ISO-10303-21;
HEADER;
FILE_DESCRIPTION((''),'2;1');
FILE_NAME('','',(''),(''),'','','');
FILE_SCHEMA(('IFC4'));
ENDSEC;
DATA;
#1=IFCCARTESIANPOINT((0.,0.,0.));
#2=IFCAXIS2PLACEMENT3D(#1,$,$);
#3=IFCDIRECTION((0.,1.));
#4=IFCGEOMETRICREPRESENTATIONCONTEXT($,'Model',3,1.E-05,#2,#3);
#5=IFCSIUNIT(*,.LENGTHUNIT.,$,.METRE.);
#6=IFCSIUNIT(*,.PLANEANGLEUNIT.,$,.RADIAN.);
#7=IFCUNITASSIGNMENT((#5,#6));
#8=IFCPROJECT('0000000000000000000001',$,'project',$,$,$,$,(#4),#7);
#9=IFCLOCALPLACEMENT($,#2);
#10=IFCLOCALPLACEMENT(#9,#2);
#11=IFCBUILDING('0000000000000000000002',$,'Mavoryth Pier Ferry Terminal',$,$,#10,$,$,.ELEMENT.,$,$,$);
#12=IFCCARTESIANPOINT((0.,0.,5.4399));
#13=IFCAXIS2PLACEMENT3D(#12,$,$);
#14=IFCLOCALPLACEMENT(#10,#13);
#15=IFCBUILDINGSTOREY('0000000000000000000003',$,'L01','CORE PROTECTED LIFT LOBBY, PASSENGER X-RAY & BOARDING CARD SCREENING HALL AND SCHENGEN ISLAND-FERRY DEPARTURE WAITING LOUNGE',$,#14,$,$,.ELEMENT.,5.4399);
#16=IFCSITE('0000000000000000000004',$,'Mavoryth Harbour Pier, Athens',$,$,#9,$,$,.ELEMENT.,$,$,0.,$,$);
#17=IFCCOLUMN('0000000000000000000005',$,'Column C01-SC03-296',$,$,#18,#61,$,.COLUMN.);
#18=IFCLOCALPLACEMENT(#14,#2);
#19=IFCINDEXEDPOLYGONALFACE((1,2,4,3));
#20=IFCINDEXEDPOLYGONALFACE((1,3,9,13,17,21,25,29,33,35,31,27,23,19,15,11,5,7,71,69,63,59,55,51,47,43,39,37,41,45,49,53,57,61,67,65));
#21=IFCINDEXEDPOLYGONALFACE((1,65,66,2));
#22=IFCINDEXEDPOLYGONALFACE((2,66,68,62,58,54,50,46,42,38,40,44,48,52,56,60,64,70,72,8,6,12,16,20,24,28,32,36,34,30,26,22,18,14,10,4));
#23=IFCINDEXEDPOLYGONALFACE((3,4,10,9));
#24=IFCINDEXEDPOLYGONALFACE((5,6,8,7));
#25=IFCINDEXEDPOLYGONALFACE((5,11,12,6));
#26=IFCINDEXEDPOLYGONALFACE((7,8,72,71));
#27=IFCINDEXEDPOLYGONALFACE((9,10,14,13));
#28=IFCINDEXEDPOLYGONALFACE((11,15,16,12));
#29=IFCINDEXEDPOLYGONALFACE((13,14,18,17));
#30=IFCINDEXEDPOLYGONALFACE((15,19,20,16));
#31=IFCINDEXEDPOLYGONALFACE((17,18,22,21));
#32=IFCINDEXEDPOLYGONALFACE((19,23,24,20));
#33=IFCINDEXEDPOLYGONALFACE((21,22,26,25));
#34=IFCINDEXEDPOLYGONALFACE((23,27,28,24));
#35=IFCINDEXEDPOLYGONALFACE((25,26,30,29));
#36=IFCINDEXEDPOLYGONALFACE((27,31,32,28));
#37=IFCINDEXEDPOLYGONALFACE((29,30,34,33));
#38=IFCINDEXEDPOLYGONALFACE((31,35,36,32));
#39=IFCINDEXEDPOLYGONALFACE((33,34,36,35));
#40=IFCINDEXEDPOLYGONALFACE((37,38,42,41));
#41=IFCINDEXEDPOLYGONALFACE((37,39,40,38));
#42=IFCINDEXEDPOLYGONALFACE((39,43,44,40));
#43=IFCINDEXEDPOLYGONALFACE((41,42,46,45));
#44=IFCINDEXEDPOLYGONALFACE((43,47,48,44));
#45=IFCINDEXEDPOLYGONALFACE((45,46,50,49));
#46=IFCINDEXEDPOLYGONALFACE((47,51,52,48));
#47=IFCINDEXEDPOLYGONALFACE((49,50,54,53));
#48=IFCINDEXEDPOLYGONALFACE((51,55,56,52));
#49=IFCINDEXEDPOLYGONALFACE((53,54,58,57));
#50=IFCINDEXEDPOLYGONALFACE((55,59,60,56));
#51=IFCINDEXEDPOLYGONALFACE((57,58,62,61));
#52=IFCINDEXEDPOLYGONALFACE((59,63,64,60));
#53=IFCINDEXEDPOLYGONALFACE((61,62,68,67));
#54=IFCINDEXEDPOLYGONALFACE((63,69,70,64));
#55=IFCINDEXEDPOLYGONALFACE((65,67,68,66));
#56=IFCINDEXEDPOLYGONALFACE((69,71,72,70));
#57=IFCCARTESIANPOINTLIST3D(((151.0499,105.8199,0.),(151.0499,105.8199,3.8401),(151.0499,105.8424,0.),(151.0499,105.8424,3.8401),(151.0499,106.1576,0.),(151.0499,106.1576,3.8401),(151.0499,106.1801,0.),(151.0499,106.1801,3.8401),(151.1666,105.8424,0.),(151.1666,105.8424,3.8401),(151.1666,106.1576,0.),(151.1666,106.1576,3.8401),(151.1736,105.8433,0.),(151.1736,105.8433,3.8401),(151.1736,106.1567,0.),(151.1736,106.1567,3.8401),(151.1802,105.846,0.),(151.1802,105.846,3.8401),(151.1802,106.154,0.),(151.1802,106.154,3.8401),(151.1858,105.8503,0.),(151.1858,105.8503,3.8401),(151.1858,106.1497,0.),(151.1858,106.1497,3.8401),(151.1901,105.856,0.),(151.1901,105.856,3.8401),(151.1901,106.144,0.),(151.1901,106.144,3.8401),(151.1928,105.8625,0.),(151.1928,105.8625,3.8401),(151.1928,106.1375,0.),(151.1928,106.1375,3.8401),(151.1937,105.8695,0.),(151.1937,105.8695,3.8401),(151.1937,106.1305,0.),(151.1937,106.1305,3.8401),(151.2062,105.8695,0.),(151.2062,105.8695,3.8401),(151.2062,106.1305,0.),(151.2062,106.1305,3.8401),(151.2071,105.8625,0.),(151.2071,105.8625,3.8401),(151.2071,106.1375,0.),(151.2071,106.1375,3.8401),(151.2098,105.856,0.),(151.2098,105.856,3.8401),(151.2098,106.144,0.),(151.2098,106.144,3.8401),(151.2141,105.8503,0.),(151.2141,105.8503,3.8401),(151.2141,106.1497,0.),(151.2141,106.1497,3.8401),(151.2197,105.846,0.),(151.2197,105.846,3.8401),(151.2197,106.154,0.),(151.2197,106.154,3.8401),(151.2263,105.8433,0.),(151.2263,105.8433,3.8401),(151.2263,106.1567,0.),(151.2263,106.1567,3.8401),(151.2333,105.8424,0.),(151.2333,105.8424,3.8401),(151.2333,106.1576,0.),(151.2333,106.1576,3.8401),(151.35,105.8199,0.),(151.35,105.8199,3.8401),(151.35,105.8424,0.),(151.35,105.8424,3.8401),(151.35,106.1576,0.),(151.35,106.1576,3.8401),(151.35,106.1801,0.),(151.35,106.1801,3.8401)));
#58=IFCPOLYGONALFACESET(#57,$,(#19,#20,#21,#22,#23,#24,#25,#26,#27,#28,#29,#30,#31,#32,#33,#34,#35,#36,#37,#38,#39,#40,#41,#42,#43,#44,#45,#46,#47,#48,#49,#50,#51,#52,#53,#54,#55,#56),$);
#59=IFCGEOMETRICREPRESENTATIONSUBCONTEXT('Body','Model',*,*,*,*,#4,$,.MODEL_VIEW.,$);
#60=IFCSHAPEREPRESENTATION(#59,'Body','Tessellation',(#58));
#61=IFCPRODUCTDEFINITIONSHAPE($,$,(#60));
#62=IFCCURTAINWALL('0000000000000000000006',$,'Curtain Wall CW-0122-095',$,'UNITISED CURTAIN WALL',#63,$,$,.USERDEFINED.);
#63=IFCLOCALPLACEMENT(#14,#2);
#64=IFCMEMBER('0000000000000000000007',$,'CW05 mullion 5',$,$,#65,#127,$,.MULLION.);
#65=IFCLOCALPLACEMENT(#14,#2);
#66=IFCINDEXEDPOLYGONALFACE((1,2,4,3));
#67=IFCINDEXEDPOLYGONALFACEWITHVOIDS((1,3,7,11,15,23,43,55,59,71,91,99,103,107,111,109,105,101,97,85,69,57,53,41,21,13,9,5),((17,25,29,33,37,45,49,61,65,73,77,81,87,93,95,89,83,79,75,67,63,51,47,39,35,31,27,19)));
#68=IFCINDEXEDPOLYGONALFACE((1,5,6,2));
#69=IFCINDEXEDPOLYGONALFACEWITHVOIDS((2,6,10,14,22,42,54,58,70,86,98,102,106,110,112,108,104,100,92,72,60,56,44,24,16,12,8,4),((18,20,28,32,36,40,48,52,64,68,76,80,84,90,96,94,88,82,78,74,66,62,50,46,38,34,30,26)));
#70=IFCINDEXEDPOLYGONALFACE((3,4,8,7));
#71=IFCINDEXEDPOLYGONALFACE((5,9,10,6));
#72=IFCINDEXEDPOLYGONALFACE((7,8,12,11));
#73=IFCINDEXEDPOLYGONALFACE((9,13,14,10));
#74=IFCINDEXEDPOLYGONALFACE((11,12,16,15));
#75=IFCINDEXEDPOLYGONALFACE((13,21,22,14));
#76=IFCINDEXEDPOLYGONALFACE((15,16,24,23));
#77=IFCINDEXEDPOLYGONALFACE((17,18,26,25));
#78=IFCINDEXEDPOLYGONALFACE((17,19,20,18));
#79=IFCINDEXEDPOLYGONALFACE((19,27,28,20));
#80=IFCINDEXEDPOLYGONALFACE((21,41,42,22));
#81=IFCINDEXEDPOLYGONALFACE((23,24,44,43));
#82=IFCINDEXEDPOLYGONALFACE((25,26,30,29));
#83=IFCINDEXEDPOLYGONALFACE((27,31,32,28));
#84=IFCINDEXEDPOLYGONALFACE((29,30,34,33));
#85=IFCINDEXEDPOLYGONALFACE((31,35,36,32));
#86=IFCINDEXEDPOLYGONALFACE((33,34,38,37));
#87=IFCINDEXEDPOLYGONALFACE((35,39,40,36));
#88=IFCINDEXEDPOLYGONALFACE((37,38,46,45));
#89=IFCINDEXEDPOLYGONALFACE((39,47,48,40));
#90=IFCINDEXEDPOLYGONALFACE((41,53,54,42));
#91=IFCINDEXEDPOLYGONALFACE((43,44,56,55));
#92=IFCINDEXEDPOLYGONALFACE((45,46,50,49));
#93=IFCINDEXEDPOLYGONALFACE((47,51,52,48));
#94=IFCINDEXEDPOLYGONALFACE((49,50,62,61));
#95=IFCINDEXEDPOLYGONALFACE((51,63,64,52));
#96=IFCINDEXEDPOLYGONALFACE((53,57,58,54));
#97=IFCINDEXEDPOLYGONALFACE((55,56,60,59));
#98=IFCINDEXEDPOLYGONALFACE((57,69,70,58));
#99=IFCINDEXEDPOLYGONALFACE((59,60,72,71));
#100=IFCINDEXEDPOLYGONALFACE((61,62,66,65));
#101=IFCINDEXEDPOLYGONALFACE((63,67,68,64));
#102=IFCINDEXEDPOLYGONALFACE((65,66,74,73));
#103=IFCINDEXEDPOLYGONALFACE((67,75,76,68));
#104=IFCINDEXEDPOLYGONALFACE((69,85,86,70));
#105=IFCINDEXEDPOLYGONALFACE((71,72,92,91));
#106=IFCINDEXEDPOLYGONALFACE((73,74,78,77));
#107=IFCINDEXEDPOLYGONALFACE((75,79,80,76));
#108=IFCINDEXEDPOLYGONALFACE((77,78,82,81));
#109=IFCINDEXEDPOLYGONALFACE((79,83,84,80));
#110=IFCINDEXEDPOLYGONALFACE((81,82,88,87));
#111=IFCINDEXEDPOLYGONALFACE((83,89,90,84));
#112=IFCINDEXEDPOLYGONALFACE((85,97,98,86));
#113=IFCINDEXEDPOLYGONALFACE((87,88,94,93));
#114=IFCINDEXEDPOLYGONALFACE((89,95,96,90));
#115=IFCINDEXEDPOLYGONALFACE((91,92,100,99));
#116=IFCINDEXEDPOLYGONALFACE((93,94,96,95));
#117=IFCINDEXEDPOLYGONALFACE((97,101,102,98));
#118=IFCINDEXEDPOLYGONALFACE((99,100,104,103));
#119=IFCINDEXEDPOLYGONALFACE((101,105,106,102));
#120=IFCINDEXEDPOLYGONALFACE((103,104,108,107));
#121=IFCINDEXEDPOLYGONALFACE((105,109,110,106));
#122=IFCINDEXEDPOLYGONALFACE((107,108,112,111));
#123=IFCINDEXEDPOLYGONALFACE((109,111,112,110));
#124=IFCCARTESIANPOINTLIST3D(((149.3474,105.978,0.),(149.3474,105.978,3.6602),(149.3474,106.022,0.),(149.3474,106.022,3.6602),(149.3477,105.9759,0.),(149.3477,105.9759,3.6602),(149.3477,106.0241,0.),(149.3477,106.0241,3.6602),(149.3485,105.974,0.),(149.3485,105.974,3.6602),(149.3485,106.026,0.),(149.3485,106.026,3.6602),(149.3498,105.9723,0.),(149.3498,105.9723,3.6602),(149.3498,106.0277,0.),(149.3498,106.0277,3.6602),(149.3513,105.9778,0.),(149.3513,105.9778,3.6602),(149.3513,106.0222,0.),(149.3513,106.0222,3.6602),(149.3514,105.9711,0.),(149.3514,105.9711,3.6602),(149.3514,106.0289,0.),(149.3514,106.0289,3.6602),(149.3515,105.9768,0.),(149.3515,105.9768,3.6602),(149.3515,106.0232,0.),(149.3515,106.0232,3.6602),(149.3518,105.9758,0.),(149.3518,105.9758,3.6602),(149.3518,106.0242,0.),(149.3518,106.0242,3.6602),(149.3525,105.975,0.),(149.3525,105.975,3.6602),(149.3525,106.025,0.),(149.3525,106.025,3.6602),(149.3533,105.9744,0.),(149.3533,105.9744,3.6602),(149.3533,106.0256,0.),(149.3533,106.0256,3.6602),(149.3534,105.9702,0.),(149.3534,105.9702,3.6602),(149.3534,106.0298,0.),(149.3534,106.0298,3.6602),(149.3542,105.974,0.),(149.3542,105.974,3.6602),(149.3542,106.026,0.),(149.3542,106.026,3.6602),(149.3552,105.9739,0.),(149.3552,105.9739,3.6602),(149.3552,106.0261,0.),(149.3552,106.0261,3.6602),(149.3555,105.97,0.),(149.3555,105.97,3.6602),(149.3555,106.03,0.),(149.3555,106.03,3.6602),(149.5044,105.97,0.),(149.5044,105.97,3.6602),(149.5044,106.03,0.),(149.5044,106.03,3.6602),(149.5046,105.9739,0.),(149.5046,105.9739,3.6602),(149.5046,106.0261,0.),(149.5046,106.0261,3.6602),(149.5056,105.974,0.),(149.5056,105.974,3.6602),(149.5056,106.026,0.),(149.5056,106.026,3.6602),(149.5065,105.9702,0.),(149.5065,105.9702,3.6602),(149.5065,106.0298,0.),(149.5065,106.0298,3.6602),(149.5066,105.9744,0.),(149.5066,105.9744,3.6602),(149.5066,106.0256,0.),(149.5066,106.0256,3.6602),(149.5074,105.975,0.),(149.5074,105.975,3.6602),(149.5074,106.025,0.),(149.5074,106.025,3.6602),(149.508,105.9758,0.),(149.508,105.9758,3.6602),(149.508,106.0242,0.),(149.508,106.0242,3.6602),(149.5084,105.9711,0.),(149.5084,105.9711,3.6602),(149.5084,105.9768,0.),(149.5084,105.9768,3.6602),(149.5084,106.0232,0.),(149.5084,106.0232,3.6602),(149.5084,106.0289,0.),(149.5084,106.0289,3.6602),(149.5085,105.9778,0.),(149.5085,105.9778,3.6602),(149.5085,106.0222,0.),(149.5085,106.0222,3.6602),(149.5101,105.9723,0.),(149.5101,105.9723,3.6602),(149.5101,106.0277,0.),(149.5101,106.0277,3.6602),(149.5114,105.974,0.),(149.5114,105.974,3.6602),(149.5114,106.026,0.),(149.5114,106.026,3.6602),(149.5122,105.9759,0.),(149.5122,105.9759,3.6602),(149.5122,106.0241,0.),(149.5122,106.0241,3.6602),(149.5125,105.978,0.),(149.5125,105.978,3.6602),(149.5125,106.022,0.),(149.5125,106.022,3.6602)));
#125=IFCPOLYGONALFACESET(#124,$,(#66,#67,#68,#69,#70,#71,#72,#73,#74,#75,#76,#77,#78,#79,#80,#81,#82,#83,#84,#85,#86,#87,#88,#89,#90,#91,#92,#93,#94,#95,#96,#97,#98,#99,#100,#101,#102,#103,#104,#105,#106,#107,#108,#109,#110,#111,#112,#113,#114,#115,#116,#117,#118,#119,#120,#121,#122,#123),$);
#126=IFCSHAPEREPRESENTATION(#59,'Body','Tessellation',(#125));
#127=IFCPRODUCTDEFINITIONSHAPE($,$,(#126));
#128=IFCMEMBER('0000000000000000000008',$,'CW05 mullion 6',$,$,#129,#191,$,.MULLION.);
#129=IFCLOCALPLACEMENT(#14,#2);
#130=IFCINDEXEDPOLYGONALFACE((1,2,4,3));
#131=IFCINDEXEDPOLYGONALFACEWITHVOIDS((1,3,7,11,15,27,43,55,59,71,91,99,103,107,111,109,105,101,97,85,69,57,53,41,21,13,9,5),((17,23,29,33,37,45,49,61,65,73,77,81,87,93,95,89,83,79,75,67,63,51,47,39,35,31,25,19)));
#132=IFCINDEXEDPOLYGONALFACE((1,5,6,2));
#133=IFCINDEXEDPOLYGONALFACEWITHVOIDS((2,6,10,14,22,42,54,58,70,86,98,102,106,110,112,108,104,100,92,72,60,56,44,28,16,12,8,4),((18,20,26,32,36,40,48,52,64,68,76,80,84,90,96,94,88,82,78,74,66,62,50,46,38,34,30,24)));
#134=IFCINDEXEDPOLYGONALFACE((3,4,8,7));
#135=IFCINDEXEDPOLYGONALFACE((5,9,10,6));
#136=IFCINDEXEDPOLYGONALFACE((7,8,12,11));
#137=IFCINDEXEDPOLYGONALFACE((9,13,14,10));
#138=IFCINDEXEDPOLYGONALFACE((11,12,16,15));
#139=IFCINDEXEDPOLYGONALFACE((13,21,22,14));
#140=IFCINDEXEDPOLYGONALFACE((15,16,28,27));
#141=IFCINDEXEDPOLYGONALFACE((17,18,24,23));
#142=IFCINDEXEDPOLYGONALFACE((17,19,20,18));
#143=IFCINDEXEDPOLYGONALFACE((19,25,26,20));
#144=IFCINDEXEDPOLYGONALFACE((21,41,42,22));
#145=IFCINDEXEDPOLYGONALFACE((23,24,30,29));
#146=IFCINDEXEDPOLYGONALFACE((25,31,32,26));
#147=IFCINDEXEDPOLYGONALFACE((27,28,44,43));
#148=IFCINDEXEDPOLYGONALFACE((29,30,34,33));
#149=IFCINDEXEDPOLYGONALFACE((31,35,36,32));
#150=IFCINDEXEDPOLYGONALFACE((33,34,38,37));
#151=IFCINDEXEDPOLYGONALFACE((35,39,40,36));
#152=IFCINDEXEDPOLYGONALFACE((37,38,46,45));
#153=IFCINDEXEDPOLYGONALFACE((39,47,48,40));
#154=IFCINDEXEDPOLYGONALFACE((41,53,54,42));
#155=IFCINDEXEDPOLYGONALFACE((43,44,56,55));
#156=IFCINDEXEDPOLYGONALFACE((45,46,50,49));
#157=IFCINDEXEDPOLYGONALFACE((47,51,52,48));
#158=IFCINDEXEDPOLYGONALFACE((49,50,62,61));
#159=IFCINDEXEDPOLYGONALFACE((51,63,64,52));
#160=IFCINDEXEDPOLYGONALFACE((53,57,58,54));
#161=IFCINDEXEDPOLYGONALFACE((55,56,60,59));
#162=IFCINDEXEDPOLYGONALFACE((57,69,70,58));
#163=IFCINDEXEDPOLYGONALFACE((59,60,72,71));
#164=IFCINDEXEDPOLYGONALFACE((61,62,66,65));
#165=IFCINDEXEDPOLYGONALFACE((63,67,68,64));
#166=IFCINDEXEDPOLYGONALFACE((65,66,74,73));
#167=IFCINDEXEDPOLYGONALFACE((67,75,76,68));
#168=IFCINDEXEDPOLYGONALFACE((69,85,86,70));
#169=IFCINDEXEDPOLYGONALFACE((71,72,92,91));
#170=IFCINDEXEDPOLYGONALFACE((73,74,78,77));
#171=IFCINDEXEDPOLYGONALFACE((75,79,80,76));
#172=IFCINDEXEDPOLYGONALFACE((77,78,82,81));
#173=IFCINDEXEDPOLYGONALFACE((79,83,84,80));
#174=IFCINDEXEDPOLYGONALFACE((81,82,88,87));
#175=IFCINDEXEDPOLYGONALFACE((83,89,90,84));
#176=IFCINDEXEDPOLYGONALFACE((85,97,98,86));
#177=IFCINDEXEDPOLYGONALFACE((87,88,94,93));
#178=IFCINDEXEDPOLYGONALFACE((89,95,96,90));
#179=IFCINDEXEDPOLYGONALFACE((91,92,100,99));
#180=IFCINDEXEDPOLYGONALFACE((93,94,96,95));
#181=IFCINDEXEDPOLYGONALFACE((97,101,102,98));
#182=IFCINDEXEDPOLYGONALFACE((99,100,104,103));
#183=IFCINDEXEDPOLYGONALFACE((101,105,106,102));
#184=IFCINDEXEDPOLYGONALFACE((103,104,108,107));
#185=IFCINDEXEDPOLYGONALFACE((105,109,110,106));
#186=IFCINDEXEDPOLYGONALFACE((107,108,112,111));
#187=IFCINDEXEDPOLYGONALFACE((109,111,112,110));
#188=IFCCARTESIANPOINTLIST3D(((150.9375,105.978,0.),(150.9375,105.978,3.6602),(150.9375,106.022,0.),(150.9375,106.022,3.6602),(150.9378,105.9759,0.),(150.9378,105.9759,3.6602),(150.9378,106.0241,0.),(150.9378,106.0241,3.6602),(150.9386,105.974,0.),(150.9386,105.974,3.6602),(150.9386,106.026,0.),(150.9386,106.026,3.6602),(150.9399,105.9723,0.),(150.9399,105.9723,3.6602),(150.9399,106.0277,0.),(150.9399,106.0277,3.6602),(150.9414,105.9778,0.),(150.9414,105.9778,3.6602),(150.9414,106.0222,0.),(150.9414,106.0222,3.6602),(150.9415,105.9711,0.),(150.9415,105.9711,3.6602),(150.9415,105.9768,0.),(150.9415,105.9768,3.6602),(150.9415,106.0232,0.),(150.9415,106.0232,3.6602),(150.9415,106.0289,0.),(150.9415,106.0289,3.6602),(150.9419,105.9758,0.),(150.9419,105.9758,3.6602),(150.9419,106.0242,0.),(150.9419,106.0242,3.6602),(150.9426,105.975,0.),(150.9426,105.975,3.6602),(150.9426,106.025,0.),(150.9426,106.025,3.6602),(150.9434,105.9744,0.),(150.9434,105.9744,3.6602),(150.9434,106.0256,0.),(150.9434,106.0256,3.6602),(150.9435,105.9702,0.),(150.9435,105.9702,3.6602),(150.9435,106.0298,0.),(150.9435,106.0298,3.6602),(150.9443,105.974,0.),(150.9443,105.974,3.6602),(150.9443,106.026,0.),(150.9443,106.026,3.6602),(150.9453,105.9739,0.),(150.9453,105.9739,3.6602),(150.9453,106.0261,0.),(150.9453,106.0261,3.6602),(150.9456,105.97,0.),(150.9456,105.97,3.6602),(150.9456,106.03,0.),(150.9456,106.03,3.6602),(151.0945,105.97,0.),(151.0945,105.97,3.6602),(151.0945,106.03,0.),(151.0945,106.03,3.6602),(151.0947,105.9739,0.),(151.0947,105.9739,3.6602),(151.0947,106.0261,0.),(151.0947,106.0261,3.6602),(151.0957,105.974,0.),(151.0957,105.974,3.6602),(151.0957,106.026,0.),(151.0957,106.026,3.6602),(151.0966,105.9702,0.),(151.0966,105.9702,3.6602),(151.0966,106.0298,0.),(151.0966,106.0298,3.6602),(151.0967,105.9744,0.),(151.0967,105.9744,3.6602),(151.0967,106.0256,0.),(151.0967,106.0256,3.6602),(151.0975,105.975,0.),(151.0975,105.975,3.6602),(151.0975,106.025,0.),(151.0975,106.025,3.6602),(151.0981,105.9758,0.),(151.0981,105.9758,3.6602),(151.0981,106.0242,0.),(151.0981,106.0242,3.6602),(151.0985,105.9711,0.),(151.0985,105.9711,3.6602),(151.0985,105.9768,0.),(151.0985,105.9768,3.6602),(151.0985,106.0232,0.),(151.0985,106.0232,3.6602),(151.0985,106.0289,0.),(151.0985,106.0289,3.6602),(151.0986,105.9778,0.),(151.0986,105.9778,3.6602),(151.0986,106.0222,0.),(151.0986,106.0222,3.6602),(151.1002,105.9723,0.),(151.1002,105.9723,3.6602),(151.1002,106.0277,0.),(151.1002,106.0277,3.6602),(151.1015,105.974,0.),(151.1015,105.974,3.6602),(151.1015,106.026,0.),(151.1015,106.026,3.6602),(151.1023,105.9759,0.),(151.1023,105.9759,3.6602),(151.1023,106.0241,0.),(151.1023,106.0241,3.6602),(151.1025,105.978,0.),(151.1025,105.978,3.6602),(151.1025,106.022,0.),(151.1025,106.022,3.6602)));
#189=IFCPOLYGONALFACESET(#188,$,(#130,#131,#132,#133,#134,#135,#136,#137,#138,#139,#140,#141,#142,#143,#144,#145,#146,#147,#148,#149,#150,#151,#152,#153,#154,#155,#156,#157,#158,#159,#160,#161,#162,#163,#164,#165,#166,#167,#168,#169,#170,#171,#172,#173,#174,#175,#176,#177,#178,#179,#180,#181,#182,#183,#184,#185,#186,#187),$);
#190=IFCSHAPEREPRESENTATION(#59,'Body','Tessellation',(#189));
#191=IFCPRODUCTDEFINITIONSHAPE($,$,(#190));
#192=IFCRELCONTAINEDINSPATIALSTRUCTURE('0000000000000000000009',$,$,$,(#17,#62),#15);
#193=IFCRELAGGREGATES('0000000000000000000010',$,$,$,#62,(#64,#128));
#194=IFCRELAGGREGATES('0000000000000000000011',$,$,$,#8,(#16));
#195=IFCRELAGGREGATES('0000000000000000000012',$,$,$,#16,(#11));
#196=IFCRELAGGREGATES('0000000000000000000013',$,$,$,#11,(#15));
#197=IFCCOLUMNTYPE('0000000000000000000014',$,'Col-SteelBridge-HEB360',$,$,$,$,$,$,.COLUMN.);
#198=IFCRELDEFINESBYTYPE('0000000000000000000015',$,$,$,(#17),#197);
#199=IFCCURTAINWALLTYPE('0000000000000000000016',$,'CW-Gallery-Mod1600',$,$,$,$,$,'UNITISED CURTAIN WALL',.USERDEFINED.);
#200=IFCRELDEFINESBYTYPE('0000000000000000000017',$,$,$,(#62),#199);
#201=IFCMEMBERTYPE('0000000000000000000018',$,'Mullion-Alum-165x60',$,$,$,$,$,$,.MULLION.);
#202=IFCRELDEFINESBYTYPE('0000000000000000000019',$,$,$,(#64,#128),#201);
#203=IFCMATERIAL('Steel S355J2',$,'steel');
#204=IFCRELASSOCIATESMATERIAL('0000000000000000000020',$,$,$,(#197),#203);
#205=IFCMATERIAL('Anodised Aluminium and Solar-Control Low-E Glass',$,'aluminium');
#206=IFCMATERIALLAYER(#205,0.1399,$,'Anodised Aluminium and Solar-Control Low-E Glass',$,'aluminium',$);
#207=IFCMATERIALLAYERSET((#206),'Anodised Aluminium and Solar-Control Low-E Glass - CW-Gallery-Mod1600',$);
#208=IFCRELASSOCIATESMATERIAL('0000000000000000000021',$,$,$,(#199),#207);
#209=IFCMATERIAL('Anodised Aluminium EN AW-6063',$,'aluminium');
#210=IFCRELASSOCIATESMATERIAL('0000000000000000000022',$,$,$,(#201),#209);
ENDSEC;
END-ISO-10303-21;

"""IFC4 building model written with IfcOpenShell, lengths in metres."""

from ifc_helpers import new_model, si_unit, direction, frame, origin, origin_2d, place, context, subcontext, project, spatial, hollow_rectangle, i_section, extrude, material, layer, layer_set, material_profile, profile_set, type_object, element, aggregate, save


model = new_model("IFC4")

# Units and contexts
model_context = context("Model", 3, precision=1e-05, world=origin(), true_north=direction((0.0, 1.0)))
body_context = subcontext(model_context, "Body", "Model", "MODEL_VIEW")
ifc_project = project(units=[si_unit("LENGTHUNIT", "METRE"), si_unit("PLANEANGLEUNIT", "RADIAN")], contexts=[model_context])

# Site, building, storey
site_placement = place(None, origin())
site = spatial("IfcSite", under=ifc_project, at=site_placement, Name="Mavoryth Harbour Pier, Athens", CompositionType="ELEMENT", RefElevation=0.0)
building_placement = place(site_placement, origin())
building = spatial("IfcBuilding", under=site, at=building_placement, Name="Mavoryth Pier Ferry Terminal", CompositionType="ELEMENT")
storey_placement = place(building_placement, frame((0.0, 0.0, 5.4399)))
storey = spatial("IfcBuildingStorey", under=building, at=storey_placement, Name="L01", Description="CORE PROTECTED LIFT LOBBY, PASSENGER X-RAY & BOARDING CARD SCREENING HALL AND SCHENGEN ISLAND-FERRY DEPARTURE WAITING LOUNGE", CompositionType="ELEMENT", Elevation=5.4399)

# Column
ifc_material_1 = material(Name="Steel S355J2", Category="steel")
ifc_material_profile_1 = material_profile(ifc_material_1, i_section(OverallWidth=0.3, OverallDepth=0.3601, WebThickness=0.0125, FlangeThickness=0.0225, FilletRadius=0.0271, at=origin_2d()), Name="HEB 360", Category="steel")
ifc_profile_set_1 = profile_set([ifc_material_profile_1], Name="Steel S355J2 - HEB 360")
column_type = type_object("IfcColumnType", Name="Col-SteelBridge-HEB360", PredefinedType="COLUMN", material=ifc_profile_set_1)
column_placement = place(storey_placement, frame((151.2, 106.0, 0.0), z_axis=(0.0, 0.0, 1.0), x_axis=(1.0, 0.0, 0.0)))
element("IfcColumn", 1, at=column_placement, inside=storey, type_object=column_type, Name="Column C01-SC03-296", PredefinedType="COLUMN", context=body_context, shape_type="SweptSolid", body=[
    extrude(i_section(OverallWidth=0.3, OverallDepth=0.3601, WebThickness=0.0125, FlangeThickness=0.0225, FilletRadius=0.0271, at=origin_2d()), origin(), (0.0, 0.0, 1.0), 3.8401),
])

# Curtain wall, members
ifc_material_2 = material(Name="Anodised Aluminium and Solar-Control Low-E Glass", Category="aluminium")
ifc_layer_1 = layer(ifc_material_2, 0.1399, Name="Anodised Aluminium and Solar-Control Low-E Glass", Category="aluminium")
ifc_layer_set_1 = layer_set([ifc_layer_1], Name="Anodised Aluminium and Solar-Control Low-E Glass - CW-Gallery-Mod1600")
curtain_wall_type = type_object("IfcCurtainWallType", Name="CW-Gallery-Mod1600", ElementType="UNITISED CURTAIN WALL", PredefinedType="USERDEFINED", material=ifc_layer_set_1)
curtain_wall_1_placement = place(storey_placement, origin())
curtain_wall_1 = element("IfcCurtainWall", 2, at=curtain_wall_1_placement, inside=storey, type_object=curtain_wall_type, Name="Curtain Wall CW-0122-095", ObjectType="UNITISED CURTAIN WALL", PredefinedType="USERDEFINED")
ifc_material_3 = material(Name="Anodised Aluminium EN AW-6063", Category="aluminium")
ifc_material_profile_2 = material_profile(ifc_material_3, hollow_rectangle(XDim=0.0601, YDim=0.165, WallThickness=0.0039, InnerFilletRadius=0.0039, OuterFilletRadius=0.0081, at=origin_2d()), Name="AL-MULL 165x60x4", Category="aluminium")
ifc_profile_set_2 = profile_set([ifc_material_profile_2], Name="Anodised Aluminium EN AW-6063 - AL-MULL 165x60x4")
member_type_1 = type_object("IfcMemberType", Name="Mullion-Alum-165x60", PredefinedType="MULLION", material=ifc_profile_set_2)
member_1_placement = place(storey_placement, frame((149.4299, 106.0, 0.0), z_axis=(0.0, 0.0, 1.0), x_axis=(0.0, 1.0, 0.0)))
member_1 = element("IfcMember", 3, at=member_1_placement, type_object=member_type_1, Name="CW05 mullion 5", PredefinedType="MULLION", context=body_context, shape_type="SweptSolid", body=[
    extrude(hollow_rectangle(XDim=0.0601, YDim=0.165, WallThickness=0.0039, InnerFilletRadius=0.0039, OuterFilletRadius=0.0081, at=origin_2d()), origin(), (0.0, 0.0, 1.0), 3.6602),
])
member_2_placement = place(storey_placement, frame((151.02, 106.0, 0.0), z_axis=(0.0, 0.0, 1.0), x_axis=(0.0, 1.0, 0.0)))
member_2 = element("IfcMember", 4, at=member_2_placement, type_object=member_type_1, Name="CW05 mullion 6", PredefinedType="MULLION", context=body_context, shape_type="SweptSolid", body=[
    extrude(hollow_rectangle(XDim=0.0601, YDim=0.165, WallThickness=0.0039, InnerFilletRadius=0.0039, OuterFilletRadius=0.0081, at=origin_2d()), origin(), (0.0, 0.0, 1.0), 3.6602),
])

aggregate(curtain_wall_1, [member_1, member_2])

save(model, "model.ifc")
